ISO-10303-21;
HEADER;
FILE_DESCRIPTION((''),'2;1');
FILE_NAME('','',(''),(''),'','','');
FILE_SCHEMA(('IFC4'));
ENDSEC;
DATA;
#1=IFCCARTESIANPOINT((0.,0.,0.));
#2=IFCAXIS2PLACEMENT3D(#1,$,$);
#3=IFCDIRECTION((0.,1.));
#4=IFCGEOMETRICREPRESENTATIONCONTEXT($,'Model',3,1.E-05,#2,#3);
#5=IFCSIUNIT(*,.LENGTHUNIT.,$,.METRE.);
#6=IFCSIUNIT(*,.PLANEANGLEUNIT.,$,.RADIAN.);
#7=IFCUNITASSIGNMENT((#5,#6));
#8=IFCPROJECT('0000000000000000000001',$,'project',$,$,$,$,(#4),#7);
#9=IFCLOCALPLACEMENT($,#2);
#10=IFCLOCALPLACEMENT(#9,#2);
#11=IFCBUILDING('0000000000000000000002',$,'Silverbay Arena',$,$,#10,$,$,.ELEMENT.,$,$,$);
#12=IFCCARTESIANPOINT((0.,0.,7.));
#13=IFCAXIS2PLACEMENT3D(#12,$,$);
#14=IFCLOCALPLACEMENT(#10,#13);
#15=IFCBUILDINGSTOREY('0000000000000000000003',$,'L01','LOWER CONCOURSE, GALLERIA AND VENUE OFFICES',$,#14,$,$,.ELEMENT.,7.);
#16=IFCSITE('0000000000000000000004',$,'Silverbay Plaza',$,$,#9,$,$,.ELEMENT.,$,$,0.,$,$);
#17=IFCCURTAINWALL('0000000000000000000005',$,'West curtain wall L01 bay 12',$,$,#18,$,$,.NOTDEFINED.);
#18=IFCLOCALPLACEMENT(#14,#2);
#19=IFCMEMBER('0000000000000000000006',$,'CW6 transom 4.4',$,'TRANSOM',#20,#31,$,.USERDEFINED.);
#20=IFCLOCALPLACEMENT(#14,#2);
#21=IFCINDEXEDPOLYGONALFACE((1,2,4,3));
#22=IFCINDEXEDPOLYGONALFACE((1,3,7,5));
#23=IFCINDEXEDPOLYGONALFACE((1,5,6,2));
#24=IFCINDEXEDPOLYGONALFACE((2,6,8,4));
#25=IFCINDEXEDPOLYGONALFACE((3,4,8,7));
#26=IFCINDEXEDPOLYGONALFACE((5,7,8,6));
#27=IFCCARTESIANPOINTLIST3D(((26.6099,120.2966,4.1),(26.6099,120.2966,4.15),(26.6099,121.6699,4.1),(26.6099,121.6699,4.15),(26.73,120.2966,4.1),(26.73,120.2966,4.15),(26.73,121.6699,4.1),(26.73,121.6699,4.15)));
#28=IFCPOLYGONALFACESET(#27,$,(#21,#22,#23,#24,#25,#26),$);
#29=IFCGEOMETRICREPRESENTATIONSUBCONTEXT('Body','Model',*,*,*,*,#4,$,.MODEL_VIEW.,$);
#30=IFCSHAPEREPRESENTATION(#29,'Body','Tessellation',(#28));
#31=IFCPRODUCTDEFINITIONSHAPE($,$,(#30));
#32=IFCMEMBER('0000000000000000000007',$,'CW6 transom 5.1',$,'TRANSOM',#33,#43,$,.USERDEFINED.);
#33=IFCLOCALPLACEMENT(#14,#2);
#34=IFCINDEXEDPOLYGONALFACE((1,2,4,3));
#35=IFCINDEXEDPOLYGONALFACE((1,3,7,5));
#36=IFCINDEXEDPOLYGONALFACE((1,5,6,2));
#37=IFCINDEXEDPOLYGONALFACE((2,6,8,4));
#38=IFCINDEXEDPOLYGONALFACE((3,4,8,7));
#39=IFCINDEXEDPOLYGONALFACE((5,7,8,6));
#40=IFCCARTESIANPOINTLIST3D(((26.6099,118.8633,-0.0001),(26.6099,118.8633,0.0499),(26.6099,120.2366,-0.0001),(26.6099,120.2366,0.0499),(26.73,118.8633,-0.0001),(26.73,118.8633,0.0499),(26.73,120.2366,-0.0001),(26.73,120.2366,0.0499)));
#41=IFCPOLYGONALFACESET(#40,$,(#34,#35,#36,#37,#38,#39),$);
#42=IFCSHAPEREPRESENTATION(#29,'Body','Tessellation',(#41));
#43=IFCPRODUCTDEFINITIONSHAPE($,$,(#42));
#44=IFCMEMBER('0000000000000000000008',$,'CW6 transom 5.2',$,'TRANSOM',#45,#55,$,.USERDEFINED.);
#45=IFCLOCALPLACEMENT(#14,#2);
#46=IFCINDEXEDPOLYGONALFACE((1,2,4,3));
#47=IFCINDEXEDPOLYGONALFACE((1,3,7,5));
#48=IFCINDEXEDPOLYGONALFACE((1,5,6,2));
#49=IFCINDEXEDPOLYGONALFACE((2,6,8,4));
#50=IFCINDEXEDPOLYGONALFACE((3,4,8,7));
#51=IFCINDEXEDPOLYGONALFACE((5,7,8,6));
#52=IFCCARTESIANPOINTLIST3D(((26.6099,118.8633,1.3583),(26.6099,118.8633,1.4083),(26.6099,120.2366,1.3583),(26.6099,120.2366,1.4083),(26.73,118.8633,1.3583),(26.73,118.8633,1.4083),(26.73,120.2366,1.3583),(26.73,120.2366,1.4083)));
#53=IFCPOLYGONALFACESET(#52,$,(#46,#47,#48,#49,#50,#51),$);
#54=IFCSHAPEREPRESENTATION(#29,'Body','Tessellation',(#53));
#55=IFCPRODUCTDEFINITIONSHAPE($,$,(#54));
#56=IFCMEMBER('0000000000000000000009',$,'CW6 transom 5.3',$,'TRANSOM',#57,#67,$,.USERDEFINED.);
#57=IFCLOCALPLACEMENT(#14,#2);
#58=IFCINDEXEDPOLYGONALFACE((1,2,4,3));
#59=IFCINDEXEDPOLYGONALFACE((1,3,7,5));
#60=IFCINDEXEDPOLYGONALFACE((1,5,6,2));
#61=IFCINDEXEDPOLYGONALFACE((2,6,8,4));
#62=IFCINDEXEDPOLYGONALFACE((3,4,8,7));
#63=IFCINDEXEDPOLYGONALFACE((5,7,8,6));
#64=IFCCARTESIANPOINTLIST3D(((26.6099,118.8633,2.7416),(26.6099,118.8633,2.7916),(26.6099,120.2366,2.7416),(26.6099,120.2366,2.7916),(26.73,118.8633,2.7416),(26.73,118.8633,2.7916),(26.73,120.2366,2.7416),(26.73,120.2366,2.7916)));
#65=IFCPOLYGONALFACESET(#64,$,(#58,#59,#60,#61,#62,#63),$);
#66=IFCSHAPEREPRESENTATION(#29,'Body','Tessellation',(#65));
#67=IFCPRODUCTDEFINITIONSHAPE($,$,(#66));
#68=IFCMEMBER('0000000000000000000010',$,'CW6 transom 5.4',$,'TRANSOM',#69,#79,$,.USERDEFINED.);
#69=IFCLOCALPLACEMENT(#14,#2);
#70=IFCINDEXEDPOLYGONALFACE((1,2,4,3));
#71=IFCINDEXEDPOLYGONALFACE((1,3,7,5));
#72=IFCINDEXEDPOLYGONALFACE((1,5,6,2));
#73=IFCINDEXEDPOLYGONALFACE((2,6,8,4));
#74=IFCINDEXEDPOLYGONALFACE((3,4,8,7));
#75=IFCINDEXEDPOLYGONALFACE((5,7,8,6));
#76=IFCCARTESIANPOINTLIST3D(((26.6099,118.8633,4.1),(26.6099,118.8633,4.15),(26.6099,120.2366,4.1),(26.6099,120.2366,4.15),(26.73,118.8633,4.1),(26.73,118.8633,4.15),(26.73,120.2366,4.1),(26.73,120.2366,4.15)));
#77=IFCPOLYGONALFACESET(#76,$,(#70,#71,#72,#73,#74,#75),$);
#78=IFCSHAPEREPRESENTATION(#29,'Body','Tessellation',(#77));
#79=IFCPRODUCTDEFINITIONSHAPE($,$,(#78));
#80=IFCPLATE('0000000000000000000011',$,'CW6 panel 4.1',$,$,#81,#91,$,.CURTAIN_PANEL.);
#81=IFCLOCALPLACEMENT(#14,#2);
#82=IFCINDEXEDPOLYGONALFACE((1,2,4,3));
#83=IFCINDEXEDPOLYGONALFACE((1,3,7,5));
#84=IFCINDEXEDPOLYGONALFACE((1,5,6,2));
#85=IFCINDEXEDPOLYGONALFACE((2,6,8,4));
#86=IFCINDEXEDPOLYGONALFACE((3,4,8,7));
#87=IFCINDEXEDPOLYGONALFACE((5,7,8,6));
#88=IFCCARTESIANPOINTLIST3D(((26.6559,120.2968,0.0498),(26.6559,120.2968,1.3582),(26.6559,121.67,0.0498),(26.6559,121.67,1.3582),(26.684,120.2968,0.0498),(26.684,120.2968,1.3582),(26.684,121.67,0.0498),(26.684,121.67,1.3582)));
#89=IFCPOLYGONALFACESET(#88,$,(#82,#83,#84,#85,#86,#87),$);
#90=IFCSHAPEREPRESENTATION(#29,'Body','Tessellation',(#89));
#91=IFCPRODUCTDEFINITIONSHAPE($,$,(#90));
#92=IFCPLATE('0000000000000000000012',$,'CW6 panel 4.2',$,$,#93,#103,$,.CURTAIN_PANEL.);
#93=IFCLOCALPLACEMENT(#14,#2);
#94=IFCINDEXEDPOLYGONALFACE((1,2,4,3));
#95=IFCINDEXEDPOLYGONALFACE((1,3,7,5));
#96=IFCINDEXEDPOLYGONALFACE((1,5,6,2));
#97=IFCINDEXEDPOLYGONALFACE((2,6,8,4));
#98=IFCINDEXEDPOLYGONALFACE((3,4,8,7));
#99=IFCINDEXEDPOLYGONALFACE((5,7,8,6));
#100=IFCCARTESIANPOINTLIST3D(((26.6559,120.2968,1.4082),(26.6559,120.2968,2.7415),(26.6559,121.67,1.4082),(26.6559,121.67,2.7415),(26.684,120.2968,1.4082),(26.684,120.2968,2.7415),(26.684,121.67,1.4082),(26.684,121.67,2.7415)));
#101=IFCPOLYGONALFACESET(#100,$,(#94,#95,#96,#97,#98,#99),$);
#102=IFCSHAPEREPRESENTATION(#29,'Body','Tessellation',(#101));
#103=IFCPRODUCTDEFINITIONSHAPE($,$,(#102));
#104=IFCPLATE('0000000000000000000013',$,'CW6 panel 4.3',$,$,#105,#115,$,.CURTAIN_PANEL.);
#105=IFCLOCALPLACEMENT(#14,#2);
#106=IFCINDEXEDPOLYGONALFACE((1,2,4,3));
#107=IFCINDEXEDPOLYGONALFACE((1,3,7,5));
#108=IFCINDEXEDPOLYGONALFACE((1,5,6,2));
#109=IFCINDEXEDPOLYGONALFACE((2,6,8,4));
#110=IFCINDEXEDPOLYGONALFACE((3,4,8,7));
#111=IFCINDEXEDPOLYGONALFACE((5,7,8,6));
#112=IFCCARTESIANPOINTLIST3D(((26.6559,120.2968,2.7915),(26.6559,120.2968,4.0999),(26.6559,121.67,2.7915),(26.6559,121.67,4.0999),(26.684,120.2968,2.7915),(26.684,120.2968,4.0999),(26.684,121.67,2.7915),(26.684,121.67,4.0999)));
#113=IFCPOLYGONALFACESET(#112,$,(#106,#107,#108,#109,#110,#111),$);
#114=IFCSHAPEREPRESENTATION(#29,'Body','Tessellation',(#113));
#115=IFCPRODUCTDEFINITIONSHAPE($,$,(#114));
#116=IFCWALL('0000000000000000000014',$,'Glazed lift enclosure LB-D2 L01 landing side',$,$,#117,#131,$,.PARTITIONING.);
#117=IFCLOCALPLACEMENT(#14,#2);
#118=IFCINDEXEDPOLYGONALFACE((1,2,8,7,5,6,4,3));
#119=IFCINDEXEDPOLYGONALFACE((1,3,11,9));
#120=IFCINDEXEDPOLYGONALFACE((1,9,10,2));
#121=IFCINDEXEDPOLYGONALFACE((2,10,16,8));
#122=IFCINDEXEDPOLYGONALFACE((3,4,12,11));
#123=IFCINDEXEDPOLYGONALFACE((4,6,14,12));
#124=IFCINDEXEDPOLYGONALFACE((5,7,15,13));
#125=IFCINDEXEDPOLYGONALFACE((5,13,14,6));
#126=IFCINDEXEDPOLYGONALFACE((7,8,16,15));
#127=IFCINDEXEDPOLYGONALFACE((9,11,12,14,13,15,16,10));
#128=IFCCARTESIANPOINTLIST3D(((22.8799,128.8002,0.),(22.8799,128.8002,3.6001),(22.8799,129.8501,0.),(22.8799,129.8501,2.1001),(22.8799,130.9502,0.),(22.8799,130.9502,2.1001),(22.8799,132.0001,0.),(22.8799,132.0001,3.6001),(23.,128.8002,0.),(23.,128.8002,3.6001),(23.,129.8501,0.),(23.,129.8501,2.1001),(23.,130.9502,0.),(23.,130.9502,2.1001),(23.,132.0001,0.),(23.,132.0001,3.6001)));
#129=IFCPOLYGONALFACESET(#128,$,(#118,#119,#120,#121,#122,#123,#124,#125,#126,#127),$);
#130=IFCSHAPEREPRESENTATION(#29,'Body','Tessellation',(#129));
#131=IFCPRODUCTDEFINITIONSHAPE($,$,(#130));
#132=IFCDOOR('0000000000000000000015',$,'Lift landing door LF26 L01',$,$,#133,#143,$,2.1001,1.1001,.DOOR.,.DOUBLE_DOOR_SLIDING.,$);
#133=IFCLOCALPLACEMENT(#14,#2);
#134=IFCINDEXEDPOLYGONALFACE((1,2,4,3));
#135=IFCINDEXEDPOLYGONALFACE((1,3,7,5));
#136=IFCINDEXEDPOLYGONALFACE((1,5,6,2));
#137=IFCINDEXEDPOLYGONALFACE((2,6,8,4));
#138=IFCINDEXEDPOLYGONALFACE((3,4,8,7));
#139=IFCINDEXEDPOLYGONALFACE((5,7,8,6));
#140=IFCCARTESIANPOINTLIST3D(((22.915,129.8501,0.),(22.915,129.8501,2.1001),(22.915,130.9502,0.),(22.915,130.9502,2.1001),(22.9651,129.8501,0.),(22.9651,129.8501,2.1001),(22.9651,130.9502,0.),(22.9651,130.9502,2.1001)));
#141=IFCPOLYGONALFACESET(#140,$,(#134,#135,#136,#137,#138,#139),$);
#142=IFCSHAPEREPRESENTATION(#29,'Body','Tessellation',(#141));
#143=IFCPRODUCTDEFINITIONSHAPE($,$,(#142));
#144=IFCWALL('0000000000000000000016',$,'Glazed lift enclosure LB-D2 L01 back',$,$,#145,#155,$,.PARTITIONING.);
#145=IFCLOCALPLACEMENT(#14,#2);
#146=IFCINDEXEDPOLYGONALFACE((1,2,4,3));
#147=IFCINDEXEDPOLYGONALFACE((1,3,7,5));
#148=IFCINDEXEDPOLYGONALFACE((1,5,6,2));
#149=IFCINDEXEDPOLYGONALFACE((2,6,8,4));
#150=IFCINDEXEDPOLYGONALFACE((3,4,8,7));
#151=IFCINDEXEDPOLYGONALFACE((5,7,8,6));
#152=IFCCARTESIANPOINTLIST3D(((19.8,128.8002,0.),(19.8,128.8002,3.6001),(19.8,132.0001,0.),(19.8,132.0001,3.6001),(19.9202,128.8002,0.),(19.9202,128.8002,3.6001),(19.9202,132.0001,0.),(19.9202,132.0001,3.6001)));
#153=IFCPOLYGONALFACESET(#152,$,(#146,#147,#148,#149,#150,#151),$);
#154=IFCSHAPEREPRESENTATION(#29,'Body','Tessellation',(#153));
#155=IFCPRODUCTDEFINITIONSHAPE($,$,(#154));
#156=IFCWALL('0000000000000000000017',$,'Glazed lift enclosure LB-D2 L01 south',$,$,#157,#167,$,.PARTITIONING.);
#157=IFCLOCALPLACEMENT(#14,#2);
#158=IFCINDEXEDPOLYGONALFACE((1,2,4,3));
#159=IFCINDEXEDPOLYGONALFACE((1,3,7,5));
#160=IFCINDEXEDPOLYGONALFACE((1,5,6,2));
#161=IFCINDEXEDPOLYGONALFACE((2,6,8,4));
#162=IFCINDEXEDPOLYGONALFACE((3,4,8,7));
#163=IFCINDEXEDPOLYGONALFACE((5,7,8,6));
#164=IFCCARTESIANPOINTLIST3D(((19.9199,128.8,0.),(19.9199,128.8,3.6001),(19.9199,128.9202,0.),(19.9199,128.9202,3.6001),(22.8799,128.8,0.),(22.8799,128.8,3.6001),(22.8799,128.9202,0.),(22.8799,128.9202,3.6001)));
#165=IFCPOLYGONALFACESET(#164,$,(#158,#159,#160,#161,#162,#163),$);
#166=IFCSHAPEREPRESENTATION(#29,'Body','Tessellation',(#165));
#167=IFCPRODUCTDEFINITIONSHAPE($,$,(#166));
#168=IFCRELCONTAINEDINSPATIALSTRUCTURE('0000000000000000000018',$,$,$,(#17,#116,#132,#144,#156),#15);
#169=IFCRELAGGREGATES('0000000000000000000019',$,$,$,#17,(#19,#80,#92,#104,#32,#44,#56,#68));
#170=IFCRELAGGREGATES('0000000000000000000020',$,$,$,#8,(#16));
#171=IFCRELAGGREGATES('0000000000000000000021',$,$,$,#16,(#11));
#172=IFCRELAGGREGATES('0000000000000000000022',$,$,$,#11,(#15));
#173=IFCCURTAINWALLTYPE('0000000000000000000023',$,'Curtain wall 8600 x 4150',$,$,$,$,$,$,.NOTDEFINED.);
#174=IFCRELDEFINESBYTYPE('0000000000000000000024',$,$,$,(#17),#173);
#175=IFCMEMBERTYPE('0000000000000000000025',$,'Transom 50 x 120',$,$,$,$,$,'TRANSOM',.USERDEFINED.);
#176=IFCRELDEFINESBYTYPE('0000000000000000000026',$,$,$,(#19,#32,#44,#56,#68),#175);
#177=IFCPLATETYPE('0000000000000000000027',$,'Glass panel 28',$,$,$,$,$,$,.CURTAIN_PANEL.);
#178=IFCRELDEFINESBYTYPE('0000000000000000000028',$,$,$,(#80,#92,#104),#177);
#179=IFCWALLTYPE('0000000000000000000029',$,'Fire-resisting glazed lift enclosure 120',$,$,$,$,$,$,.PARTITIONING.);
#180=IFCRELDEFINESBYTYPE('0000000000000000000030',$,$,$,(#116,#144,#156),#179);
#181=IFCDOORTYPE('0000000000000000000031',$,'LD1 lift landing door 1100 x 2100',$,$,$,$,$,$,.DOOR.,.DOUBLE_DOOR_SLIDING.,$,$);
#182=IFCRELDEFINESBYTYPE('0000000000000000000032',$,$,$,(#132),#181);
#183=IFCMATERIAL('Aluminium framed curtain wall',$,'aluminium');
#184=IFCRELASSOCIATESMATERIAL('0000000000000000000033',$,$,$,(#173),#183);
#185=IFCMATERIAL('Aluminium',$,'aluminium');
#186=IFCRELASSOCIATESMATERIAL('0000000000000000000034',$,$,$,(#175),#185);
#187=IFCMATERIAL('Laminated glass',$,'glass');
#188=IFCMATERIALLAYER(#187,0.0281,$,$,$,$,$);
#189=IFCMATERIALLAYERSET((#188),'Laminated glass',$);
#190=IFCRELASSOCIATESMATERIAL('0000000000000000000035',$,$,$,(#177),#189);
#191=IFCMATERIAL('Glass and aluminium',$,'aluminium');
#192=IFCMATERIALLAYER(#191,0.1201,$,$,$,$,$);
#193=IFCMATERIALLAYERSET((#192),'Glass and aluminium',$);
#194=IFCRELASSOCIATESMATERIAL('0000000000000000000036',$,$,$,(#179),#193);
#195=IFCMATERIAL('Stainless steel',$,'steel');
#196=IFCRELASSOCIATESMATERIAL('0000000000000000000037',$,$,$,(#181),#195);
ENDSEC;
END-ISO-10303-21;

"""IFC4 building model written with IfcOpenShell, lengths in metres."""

from ifc_helpers import new_model, si_unit, direction, frame, frame_2d, origin, origin_2d, place, context, subcontext, project, spatial, rectangle, extrude, material, layer, layer_set, material_profile, profile_set, type_object, element, fill, aggregate, save


model = new_model("IFC4")

# Units and contexts
model_context = context("Model", 3, precision=1e-05, world=origin(), true_north=direction((0.0, 1.0)))
body_context = subcontext(model_context, "Body", "Model", "MODEL_VIEW")
ifc_project = project(units=[si_unit("LENGTHUNIT", "METRE"), si_unit("PLANEANGLEUNIT", "RADIAN")], contexts=[model_context])

# Site, building, storey
site_placement = place(None, origin())
site = spatial("IfcSite", under=ifc_project, at=site_placement, Name="Silverbay Plaza", CompositionType="ELEMENT", RefElevation=0.0)
building_placement = place(site_placement, origin())
building = spatial("IfcBuilding", under=site, at=building_placement, Name="Silverbay Arena", CompositionType="ELEMENT")
storey_placement = place(building_placement, frame((0.0, 0.0, 7.0)))
storey = spatial("IfcBuildingStorey", under=building, at=storey_placement, Name="L01", Description="LOWER CONCOURSE, GALLERIA AND VENUE OFFICES", CompositionType="ELEMENT", Elevation=7.0)

# Curtain wall
ifc_material_1 = material(Name="Aluminium framed curtain wall", Category="aluminium")
curtain_wall_type = type_object("IfcCurtainWallType", Name="Curtain wall 8600 x 4150", PredefinedType="NOTDEFINED", material=ifc_material_1)
curtain_wall_placement = place(storey_placement, origin())
curtain_wall = element("IfcCurtainWall", 1, at=curtain_wall_placement, inside=storey, type_object=curtain_wall_type, Name="West curtain wall L01 bay 12", PredefinedType="NOTDEFINED")

# Members
ifc_material_2 = material(Name="Aluminium", Category="aluminium")
ifc_material_profile_1 = material_profile(ifc_material_2, rectangle(XDim=0.1201, YDim=0.05, at=origin_2d()), Name="Transom 50 x 120")
ifc_profile_set_1 = profile_set([ifc_material_profile_1], Name="Aluminium")
member_type_1 = type_object("IfcMemberType", Name="Transom 50 x 120", ElementType="TRANSOM", PredefinedType="USERDEFINED", material=ifc_profile_set_1)
member_1_placement = place(storey_placement, frame((26.6699, 121.6699, 4.125), z_axis=(0.0, -1.0, 0.0), x_axis=(1.0, 0.0, 0.0)))
member_1 = element("IfcMember", 2, at=member_1_placement, type_object=member_type_1, Name="CW6 transom 4.4", ObjectType="TRANSOM", PredefinedType="USERDEFINED", context=body_context, shape_type="SweptSolid", body=[
    extrude(rectangle(XDim=0.1201, YDim=0.05, at=origin_2d()), origin(), (0.0, 0.0, 1.0), 1.3733),
])
member_2_placement = place(storey_placement, frame((26.6699, 120.2366, 0.0249), z_axis=(0.0, -1.0, 0.0), x_axis=(1.0, 0.0, 0.0)))
member_2 = element("IfcMember", 3, at=member_2_placement, type_object=member_type_1, Name="CW6 transom 5.1", ObjectType="TRANSOM", PredefinedType="USERDEFINED", context=body_context, shape_type="SweptSolid", body=[
    extrude(rectangle(XDim=0.1201, YDim=0.05, at=origin_2d()), origin(), (0.0, 0.0, 1.0), 1.3733),
])
member_3_placement = place(storey_placement, frame((26.6699, 120.2366, 1.3833), z_axis=(0.0, -1.0, 0.0), x_axis=(1.0, 0.0, 0.0)))
member_3 = element("IfcMember", 4, at=member_3_placement, type_object=member_type_1, Name="CW6 transom 5.2", ObjectType="TRANSOM", PredefinedType="USERDEFINED", context=body_context, shape_type="SweptSolid", body=[
    extrude(rectangle(XDim=0.1201, YDim=0.05, at=origin_2d()), origin(), (0.0, 0.0, 1.0), 1.3733),
])
member_4_placement = place(storey_placement, frame((26.6699, 120.2366, 2.7666), z_axis=(0.0, -1.0, 0.0), x_axis=(1.0, 0.0, 0.0)))
member_4 = element("IfcMember", 5, at=member_4_placement, type_object=member_type_1, Name="CW6 transom 5.3", ObjectType="TRANSOM", PredefinedType="USERDEFINED", context=body_context, shape_type="SweptSolid", body=[
    extrude(rectangle(XDim=0.1201, YDim=0.05, at=origin_2d()), origin(), (0.0, 0.0, 1.0), 1.3733),
])
member_5_placement = place(storey_placement, frame((26.6699, 120.2366, 4.125), z_axis=(0.0, -1.0, 0.0), x_axis=(1.0, 0.0, 0.0)))
member_5 = element("IfcMember", 6, at=member_5_placement, type_object=member_type_1, Name="CW6 transom 5.4", ObjectType="TRANSOM", PredefinedType="USERDEFINED", context=body_context, shape_type="SweptSolid", body=[
    extrude(rectangle(XDim=0.1201, YDim=0.05, at=origin_2d()), origin(), (0.0, 0.0, 1.0), 1.3733),
])

# Plates
ifc_material_3 = material(Name="Laminated glass", Category="glass")
ifc_layer_1 = layer(ifc_material_3, 0.0281)
ifc_layer_set_1 = layer_set([ifc_layer_1], Name="Laminated glass")
plate_type = type_object("IfcPlateType", Name="Glass panel 28", PredefinedType="CURTAIN_PANEL", material=ifc_layer_set_1)
plate_1_placement = place(storey_placement, frame((26.6699, 120.9834, 0.0498), z_axis=(0.0, 0.0, 1.0), x_axis=(0.0, -1.0, 0.0)))
plate_1 = element("IfcPlate", 7, at=plate_1_placement, type_object=plate_type, Name="CW6 panel 4.1", PredefinedType="CURTAIN_PANEL", context=body_context, shape_type="SweptSolid", body=[
    extrude(rectangle(XDim=1.3733, YDim=0.0281, at=origin_2d()), origin(), (0.0, 0.0, 1.0), 1.3083),
])
plate_2_placement = place(storey_placement, frame((26.6699, 120.9834, 1.4082), z_axis=(0.0, 0.0, 1.0), x_axis=(0.0, -1.0, 0.0)))
plate_2 = element("IfcPlate", 8, at=plate_2_placement, type_object=plate_type, Name="CW6 panel 4.2", PredefinedType="CURTAIN_PANEL", context=body_context, shape_type="SweptSolid", body=[
    extrude(rectangle(XDim=1.3733, YDim=0.0281, at=origin_2d()), origin(), (0.0, 0.0, 1.0), 1.3333),
])
plate_3_placement = place(storey_placement, frame((26.6699, 120.9834, 2.7915), z_axis=(0.0, 0.0, 1.0), x_axis=(0.0, -1.0, 0.0)))
plate_3 = element("IfcPlate", 9, at=plate_3_placement, type_object=plate_type, Name="CW6 panel 4.3", PredefinedType="CURTAIN_PANEL", context=body_context, shape_type="SweptSolid", body=[
    extrude(rectangle(XDim=1.3733, YDim=0.0281, at=origin_2d()), origin(), (0.0, 0.0, 1.0), 1.3083),
])
aggregate(curtain_wall, [member_1, plate_1, plate_2, plate_3, member_2, member_3, member_4, member_5])

# Wall, opening, door
ifc_material_4 = material(Name="Glass and aluminium", Category="aluminium")
ifc_layer_2 = layer(ifc_material_4, 0.1201)
ifc_layer_set_2 = layer_set([ifc_layer_2], Name="Glass and aluminium")
wall_type = type_object("IfcWallType", Name="Fire-resisting glazed lift enclosure 120", PredefinedType="PARTITIONING", material=ifc_layer_set_2)
wall_1_placement = place(storey_placement, frame((22.9399, 128.8, 0.0), z_axis=(0.0, 0.0, 1.0), x_axis=(0.0, 1.0, 0.0)))
wall_1 = element("IfcWall", 10, at=wall_1_placement, inside=storey, type_object=wall_type, Name="Glazed lift enclosure LB-D2 L01 landing side", PredefinedType="PARTITIONING", context=body_context, shape_type="SweptSolid", body=[
    extrude(rectangle(XDim=3.2, YDim=0.1201, at=frame_2d((1.6001, 0.0))), origin(), (0.0, 0.0, 1.0), 3.6001),
])
opening_placement = place(wall_1_placement, frame((1.05, 0.0, 0.0)))
opening = element("IfcOpeningElement", 11, at=opening_placement, cuts=wall_1, PredefinedType="OPENING", context=body_context, shape_type="SweptSolid", body=[
    extrude(rectangle(XDim=1.1001, YDim=2.1001, at=frame_2d((0.55, 1.05))), frame((0.0, 0.0701, 0.0), z_axis=(0.0, -1.0, 0.0), x_axis=(1.0, 0.0, 0.0)), (0.0, 0.0, 1.0), 0.1401),
])
ifc_material_5 = material(Name="Stainless steel", Category="steel")
door_type = type_object("IfcDoorType", Name="LD1 lift landing door 1100 x 2100", OperationType="DOUBLE_DOOR_SLIDING", PredefinedType="DOOR", material=ifc_material_5)
door_placement = place(opening_placement, origin())
door = element("IfcDoor", 12, at=door_placement, inside=storey, type_object=door_type, Name="Lift landing door LF26 L01", OperationType="DOUBLE_DOOR_SLIDING", OverallHeight=2.1001, OverallWidth=1.1001, PredefinedType="DOOR", context=body_context, shape_type="SweptSolid", body=[
    extrude(rectangle(XDim=1.1001, YDim=2.1001, at=frame_2d((0.55, 1.05))), frame((0.0, 0.0249, 0.0), z_axis=(0.0, -1.0, 0.0), x_axis=(1.0, 0.0, 0.0)), (0.0, 0.0, 1.0), 0.05),
])
fill(opening, door)

# Walls
wall_2_placement = place(storey_placement, frame((19.8601, 128.8, 0.0), z_axis=(0.0, 0.0, 1.0), x_axis=(0.0, 1.0, 0.0)))
element("IfcWall", 13, at=wall_2_placement, inside=storey, type_object=wall_type, Name="Glazed lift enclosure LB-D2 L01 back", PredefinedType="PARTITIONING", context=body_context, shape_type="SweptSolid", body=[
    extrude(rectangle(XDim=3.2, YDim=0.1201, at=frame_2d((1.6001, 0.0))), origin(), (0.0, 0.0, 1.0), 3.6001),
])
wall_3_placement = place(storey_placement, frame((19.9199, 128.8601, 0.0), z_axis=(0.0, 0.0, 1.0), x_axis=(1.0, 0.0, 0.0)))
element("IfcWall", 14, at=wall_3_placement, inside=storey, type_object=wall_type, Name="Glazed lift enclosure LB-D2 L01 south", PredefinedType="PARTITIONING", context=body_context, shape_type="SweptSolid", body=[
    extrude(rectangle(XDim=2.96, YDim=0.1201, at=frame_2d((1.48, 0.0))), origin(), (0.0, 0.0, 1.0), 3.6001),
])

save(model, "model.ifc")
